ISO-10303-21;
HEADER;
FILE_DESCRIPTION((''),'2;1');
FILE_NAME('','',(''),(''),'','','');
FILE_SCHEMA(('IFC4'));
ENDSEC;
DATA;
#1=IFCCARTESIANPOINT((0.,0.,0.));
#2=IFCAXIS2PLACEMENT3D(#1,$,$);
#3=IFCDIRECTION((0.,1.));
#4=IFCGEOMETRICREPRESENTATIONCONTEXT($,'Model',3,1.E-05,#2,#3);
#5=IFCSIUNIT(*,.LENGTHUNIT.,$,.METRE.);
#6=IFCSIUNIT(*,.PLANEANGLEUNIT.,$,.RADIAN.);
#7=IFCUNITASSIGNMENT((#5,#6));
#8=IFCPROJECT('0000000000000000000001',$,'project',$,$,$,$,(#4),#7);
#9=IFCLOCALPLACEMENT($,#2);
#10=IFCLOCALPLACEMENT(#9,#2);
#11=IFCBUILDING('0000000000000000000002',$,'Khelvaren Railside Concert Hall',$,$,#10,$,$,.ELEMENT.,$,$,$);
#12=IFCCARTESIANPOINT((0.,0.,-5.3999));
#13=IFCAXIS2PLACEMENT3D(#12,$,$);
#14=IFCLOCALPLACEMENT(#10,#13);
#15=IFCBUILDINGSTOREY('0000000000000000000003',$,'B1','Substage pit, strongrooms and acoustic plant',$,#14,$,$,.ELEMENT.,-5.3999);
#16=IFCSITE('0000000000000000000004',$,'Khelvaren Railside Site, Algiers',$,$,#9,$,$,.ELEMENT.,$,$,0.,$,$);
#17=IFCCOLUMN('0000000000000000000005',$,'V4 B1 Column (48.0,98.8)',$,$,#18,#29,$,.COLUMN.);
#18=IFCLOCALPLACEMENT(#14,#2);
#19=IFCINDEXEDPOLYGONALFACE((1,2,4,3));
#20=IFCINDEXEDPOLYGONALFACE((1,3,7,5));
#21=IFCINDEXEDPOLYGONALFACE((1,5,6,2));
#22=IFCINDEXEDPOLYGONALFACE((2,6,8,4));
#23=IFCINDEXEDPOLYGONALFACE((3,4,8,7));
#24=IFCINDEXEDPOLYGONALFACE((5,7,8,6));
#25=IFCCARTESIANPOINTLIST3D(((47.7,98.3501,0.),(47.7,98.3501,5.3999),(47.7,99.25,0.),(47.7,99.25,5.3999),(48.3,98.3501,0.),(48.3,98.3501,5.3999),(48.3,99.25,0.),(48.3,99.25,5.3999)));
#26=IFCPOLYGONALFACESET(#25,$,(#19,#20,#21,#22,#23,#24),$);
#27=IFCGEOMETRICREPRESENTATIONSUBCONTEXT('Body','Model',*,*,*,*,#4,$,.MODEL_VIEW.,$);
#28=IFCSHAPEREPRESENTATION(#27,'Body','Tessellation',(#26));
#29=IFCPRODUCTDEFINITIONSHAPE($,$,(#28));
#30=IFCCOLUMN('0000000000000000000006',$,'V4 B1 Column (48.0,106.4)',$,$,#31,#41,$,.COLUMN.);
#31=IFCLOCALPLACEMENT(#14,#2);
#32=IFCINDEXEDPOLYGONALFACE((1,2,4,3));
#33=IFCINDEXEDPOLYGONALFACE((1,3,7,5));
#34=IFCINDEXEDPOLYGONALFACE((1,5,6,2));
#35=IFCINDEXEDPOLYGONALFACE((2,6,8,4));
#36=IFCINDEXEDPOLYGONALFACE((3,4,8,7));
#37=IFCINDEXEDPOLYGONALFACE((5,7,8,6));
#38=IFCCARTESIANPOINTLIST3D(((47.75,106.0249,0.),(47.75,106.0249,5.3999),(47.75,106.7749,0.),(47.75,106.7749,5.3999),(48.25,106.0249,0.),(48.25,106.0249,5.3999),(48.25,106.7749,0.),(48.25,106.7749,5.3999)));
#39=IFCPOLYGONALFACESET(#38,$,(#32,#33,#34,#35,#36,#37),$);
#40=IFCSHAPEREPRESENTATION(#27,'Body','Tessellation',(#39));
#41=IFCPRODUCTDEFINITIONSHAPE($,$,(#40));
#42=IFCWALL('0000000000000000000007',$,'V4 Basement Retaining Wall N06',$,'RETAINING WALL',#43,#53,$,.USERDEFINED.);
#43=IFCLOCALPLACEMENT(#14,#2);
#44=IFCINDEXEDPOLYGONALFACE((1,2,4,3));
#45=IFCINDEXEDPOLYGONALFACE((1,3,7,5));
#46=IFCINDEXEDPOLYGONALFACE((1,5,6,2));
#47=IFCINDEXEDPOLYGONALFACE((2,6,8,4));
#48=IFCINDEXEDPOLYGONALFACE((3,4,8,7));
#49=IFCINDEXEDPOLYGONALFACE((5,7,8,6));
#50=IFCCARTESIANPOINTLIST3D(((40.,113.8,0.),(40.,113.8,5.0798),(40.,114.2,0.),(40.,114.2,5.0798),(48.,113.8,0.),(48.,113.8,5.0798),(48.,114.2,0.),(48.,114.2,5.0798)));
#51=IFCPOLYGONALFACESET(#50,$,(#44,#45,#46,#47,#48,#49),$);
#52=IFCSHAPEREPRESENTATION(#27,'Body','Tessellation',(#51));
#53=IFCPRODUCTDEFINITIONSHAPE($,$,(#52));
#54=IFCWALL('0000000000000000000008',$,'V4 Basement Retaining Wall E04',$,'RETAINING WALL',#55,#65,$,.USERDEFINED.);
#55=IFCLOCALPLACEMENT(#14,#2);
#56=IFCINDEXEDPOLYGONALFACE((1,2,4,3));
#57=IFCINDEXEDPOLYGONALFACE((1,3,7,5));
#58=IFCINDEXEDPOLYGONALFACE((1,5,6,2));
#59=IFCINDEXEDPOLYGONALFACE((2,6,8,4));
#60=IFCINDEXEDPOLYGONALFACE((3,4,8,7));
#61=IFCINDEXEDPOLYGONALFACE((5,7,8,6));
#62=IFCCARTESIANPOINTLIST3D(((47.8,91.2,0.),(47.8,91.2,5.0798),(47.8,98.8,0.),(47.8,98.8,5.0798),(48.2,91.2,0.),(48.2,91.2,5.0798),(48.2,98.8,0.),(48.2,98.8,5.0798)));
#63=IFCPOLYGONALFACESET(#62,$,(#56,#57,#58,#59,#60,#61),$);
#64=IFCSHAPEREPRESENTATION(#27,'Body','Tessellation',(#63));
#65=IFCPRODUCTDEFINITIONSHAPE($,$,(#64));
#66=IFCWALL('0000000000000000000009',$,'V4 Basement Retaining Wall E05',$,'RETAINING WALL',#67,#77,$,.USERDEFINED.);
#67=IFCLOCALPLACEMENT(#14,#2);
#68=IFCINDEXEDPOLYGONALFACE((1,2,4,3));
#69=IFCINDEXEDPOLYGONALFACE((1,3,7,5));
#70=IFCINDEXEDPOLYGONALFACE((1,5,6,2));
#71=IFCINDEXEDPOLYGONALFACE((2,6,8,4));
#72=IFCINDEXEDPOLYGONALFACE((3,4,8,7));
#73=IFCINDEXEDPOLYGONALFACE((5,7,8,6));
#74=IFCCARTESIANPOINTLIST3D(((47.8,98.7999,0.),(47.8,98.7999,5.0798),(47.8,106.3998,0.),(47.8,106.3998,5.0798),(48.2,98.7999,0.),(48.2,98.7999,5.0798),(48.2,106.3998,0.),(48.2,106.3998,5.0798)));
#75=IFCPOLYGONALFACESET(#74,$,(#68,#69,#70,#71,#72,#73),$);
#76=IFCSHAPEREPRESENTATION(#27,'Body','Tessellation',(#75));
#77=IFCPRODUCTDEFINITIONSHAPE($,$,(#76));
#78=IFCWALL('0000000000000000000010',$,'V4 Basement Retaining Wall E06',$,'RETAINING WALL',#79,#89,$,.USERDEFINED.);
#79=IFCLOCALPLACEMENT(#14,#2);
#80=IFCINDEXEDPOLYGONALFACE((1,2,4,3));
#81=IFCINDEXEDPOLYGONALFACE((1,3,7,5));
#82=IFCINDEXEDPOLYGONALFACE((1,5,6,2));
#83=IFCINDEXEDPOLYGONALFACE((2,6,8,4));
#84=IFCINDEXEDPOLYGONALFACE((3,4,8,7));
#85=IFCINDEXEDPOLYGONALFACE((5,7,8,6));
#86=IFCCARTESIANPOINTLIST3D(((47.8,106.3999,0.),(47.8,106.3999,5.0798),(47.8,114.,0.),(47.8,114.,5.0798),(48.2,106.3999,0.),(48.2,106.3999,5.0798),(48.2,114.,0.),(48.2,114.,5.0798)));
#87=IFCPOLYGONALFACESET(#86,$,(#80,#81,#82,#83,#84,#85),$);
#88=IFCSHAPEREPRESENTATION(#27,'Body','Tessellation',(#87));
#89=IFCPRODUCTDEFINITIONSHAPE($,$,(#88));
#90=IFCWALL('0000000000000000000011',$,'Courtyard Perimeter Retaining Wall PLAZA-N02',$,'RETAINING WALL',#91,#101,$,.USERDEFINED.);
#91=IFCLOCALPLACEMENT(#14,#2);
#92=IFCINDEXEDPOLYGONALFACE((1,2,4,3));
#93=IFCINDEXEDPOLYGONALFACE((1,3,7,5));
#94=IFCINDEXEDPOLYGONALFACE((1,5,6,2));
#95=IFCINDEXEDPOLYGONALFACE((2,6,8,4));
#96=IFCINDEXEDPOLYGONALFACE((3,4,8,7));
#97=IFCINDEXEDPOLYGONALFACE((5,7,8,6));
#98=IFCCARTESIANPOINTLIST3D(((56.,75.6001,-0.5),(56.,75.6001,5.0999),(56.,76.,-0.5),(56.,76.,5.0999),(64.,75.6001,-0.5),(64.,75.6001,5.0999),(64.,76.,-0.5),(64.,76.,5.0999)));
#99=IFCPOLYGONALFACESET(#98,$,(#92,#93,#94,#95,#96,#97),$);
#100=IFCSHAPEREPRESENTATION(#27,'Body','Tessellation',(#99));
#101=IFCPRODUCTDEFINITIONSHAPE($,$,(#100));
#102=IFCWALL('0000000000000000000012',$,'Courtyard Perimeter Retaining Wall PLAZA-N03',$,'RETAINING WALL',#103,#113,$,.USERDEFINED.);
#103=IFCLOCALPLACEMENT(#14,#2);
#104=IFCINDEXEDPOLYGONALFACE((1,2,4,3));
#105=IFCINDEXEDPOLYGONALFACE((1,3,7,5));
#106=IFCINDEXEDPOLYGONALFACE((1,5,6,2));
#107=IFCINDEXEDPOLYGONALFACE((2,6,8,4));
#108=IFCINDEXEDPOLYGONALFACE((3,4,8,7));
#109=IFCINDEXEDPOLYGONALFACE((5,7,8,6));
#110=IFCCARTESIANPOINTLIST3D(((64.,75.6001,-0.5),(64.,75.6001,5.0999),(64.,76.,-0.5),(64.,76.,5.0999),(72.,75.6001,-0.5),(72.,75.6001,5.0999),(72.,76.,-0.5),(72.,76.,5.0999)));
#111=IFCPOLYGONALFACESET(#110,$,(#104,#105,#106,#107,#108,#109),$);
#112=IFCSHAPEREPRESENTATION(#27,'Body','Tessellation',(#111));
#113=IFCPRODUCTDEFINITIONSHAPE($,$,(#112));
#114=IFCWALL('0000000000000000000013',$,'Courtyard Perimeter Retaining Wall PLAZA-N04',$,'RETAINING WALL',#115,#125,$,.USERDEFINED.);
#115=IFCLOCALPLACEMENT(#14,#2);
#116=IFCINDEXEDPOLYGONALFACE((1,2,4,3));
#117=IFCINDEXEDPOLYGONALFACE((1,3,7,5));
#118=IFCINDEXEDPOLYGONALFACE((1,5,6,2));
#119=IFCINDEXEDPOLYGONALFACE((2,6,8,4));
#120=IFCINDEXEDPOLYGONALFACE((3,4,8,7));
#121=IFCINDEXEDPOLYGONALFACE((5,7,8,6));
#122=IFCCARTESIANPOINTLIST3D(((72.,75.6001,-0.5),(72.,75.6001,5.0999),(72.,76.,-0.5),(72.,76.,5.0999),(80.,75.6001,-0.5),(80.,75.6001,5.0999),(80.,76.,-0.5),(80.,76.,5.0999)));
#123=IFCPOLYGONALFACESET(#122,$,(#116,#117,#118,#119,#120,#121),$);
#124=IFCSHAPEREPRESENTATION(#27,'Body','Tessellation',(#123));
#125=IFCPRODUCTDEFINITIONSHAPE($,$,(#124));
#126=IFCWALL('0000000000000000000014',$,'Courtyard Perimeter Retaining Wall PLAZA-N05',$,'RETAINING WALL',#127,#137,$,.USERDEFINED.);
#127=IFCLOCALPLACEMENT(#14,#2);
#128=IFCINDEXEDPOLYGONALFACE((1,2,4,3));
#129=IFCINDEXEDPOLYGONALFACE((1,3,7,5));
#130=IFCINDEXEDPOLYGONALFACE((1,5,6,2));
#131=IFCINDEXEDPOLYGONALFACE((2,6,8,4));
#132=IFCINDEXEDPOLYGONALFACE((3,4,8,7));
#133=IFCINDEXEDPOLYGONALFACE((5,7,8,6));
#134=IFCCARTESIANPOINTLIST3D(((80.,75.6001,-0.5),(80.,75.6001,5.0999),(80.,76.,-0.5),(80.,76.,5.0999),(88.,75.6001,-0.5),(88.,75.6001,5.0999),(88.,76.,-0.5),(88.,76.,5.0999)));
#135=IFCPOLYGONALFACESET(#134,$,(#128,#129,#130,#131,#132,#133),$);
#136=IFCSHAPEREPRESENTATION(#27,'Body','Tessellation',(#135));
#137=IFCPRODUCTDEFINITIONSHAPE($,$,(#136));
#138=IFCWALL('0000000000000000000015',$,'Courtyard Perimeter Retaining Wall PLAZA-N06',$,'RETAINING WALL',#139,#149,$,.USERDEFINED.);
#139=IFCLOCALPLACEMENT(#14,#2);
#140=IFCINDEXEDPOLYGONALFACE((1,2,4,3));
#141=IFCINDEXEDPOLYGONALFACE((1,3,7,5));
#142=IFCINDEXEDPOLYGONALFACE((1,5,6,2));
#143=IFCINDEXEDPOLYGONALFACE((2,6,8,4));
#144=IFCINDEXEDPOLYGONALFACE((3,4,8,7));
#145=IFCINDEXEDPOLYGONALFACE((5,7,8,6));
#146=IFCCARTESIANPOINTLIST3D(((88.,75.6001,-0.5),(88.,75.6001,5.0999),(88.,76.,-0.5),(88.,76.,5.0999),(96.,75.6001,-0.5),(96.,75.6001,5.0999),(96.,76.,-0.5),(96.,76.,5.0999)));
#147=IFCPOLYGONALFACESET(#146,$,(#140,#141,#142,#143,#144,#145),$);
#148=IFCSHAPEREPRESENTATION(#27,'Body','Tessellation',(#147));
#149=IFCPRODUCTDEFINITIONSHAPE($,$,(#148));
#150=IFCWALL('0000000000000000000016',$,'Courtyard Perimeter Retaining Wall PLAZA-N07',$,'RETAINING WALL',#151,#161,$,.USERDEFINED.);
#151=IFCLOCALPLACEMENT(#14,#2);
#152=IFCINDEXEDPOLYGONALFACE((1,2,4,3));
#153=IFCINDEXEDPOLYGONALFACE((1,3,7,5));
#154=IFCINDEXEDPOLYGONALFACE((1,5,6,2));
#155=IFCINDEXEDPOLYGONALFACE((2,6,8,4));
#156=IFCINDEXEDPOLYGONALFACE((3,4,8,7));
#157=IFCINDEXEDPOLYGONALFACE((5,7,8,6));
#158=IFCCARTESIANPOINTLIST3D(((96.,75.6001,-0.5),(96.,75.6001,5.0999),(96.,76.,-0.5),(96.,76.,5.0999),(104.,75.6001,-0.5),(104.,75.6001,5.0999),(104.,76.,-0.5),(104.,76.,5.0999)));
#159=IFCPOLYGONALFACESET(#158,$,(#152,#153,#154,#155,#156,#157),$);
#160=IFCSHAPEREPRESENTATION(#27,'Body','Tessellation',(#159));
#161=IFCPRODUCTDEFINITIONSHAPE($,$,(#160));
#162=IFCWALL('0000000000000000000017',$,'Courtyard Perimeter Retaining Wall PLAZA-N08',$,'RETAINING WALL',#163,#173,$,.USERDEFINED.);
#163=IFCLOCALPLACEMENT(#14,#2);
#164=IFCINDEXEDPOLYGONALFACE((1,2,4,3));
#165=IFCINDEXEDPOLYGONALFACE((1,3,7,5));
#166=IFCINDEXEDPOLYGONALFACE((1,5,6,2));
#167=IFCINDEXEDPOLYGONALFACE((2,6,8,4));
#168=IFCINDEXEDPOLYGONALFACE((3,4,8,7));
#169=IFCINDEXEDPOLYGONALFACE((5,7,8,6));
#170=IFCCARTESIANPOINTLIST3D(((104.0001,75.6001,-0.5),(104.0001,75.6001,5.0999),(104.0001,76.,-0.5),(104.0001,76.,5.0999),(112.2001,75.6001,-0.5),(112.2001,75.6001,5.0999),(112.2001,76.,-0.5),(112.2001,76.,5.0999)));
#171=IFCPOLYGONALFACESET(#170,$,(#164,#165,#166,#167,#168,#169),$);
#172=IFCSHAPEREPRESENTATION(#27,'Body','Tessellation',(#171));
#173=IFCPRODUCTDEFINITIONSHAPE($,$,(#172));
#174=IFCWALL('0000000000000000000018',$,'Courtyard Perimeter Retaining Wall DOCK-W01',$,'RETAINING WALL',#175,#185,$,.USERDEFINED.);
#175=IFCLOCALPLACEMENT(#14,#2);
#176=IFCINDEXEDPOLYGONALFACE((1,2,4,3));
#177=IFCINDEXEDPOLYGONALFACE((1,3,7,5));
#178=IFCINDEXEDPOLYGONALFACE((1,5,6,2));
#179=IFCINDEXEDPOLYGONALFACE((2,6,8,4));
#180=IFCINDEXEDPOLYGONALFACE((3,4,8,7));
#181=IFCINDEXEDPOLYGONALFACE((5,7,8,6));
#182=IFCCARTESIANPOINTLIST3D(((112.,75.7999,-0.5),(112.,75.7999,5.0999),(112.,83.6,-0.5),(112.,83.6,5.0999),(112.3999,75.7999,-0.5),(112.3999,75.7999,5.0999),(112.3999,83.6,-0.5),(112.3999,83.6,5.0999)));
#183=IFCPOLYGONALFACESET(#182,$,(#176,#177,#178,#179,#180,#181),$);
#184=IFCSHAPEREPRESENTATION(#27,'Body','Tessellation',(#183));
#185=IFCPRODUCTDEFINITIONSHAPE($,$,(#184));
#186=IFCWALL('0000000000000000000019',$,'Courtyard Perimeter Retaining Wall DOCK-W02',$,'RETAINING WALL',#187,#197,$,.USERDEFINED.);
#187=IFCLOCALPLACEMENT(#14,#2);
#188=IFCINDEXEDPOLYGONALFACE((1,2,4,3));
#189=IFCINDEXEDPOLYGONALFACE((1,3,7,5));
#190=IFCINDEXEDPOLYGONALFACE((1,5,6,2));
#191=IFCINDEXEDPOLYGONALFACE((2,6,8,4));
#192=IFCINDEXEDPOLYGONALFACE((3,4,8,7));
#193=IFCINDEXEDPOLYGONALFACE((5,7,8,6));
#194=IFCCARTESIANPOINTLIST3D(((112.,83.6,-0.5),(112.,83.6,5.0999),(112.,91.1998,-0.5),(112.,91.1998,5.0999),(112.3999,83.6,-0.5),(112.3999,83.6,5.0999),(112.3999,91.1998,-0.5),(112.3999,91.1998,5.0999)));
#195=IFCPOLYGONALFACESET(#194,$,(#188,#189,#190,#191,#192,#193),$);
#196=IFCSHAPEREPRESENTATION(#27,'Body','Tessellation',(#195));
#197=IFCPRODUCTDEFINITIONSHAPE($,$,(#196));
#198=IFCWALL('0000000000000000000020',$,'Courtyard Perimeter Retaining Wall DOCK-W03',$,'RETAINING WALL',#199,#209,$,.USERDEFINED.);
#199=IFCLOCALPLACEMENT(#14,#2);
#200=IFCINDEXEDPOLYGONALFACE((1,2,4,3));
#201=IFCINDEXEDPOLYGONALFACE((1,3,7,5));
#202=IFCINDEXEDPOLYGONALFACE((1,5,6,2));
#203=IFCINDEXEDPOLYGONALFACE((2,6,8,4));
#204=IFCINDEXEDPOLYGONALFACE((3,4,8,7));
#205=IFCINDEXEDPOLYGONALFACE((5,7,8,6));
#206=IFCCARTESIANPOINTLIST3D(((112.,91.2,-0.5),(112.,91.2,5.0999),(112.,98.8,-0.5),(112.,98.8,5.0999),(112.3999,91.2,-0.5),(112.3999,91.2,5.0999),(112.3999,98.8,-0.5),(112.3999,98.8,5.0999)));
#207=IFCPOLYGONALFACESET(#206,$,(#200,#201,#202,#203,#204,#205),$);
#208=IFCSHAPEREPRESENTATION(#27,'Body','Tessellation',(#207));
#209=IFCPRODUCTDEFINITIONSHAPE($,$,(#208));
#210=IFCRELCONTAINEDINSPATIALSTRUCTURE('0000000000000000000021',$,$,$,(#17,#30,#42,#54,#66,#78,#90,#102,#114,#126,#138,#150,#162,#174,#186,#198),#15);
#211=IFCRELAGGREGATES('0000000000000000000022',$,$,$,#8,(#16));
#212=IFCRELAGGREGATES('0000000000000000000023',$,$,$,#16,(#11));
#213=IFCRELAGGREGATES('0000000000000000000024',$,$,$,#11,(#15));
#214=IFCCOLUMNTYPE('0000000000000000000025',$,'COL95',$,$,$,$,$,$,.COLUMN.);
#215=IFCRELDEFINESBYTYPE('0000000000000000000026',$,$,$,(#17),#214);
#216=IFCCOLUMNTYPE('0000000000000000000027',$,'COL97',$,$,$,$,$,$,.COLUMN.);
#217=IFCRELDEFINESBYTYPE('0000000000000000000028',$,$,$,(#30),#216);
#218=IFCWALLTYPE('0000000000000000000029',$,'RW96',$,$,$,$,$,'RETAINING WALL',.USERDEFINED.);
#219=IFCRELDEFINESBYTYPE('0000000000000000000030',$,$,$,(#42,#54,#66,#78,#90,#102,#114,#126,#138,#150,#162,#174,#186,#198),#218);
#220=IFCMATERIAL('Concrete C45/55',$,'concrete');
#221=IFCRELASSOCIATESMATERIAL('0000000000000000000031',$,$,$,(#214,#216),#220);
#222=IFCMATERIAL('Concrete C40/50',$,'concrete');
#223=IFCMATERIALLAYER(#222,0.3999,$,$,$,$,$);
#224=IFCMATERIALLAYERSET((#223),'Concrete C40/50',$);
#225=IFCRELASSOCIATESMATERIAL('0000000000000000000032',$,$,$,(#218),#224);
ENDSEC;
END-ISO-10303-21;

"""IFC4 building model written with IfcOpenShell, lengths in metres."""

from ifc_helpers import new_model, si_unit, direction, frame, frame_2d, origin, origin_2d, place, context, subcontext, project, spatial, rectangle, extrude, material, layer, layer_set, material_profile, profile_set, type_object, element, save


model = new_model("IFC4")

# Units and contexts
model_context = context("Model", 3, precision=1e-05, world=origin(), true_north=direction((0.0, 1.0)))
body_context = subcontext(model_context, "Body", "Model", "MODEL_VIEW")
ifc_project = project(units=[si_unit("LENGTHUNIT", "METRE"), si_unit("PLANEANGLEUNIT", "RADIAN")], contexts=[model_context])

# Site, building, storey
site_placement = place(None, origin())
site = spatial("IfcSite", under=ifc_project, at=site_placement, Name="Khelvaren Railside Site, Algiers", CompositionType="ELEMENT", RefElevation=0.0)
building_placement = place(site_placement, origin())
building = spatial("IfcBuilding", under=site, at=building_placement, Name="Khelvaren Railside Concert Hall", CompositionType="ELEMENT")
storey_placement = place(building_placement, frame((0.0, 0.0, -5.3999)))
storey = spatial("IfcBuildingStorey", under=building, at=storey_placement, Name="B1", Description="Substage pit, strongrooms and acoustic plant", CompositionType="ELEMENT", Elevation=-5.3999)

# Columns
ifc_material_1 = material(Name="Concrete C45/55", Category="concrete")
ifc_material_profile_1 = material_profile(ifc_material_1, rectangle(XDim=0.6001, YDim=0.8999, at=origin_2d()), Name="RC 600x900")
ifc_profile_set_1 = profile_set([ifc_material_profile_1], Name="Concrete C45/55")
column_type_1 = type_object("IfcColumnType", Name="COL95", PredefinedType="COLUMN", material=ifc_profile_set_1)
column_1_placement = place(storey_placement, frame((48.0, 98.8, 0.0), z_axis=(0.0, 0.0, 1.0), x_axis=(1.0, 0.0, 0.0)))
element("IfcColumn", 1, at=column_1_placement, inside=storey, type_object=column_type_1, Name="V4 B1 Column (48.0,98.8)", PredefinedType="COLUMN", context=body_context, shape_type="SweptSolid", body=[
    extrude(rectangle(XDim=0.6001, YDim=0.8999, at=origin_2d()), origin(), (0.0, 0.0, 1.0), 5.3999),
])
ifc_material_profile_2 = material_profile(ifc_material_1, rectangle(XDim=0.5, YDim=0.75, at=origin_2d()), Name="RC 500x750")
ifc_profile_set_2 = profile_set([ifc_material_profile_2], Name="Concrete C45/55")
column_type_2 = type_object("IfcColumnType", Name="COL97", PredefinedType="COLUMN", material=ifc_profile_set_2)
column_2_placement = place(storey_placement, frame((48.0, 106.3999, 0.0), z_axis=(0.0, 0.0, 1.0), x_axis=(1.0, 0.0, 0.0)))
element("IfcColumn", 2, at=column_2_placement, inside=storey, type_object=column_type_2, Name="V4 B1 Column (48.0,106.4)", PredefinedType="COLUMN", context=body_context, shape_type="SweptSolid", body=[
    extrude(rectangle(XDim=0.5, YDim=0.75, at=origin_2d()), origin(), (0.0, 0.0, 1.0), 5.3999),
])

# Walls
ifc_material_2 = material(Name="Concrete C40/50", Category="concrete")
ifc_layer = layer(ifc_material_2, 0.3999)
ifc_layer_set = layer_set([ifc_layer], Name="Concrete C40/50")
wall_type = type_object("IfcWallType", Name="RW96", ElementType="RETAINING WALL", PredefinedType="USERDEFINED", material=ifc_layer_set)
wall_1_placement = place(storey_placement, frame((48.0, 114.0, 0.0), z_axis=(0.0, 0.0, 1.0), x_axis=(-1.0, 0.0, 0.0)))
element("IfcWall", 3, at=wall_1_placement, inside=storey, type_object=wall_type, Name="V4 Basement Retaining Wall N06", ObjectType="RETAINING WALL", PredefinedType="USERDEFINED", context=body_context, shape_type="SweptSolid", body=[
    extrude(rectangle(XDim=8.0, YDim=0.3999, at=frame_2d((4.0, 0.0))), origin(), (0.0, 0.0, 1.0), 5.0798),
])
wall_2_placement = place(storey_placement, frame((48.0, 91.2, 0.0), z_axis=(0.0, 0.0, 1.0), x_axis=(0.0, 1.0, 0.0)))
element("IfcWall", 4, at=wall_2_placement, inside=storey, type_object=wall_type, Name="V4 Basement Retaining Wall E04", ObjectType="RETAINING WALL", PredefinedType="USERDEFINED", context=body_context, shape_type="SweptSolid", body=[
    extrude(rectangle(XDim=7.6001, YDim=0.3999, at=frame_2d((3.8, 0.0))), origin(), (0.0, 0.0, 1.0), 5.0798),
])
wall_3_placement = place(storey_placement, frame((48.0, 98.8, 0.0), z_axis=(0.0, 0.0, 1.0), x_axis=(0.0, 1.0, 0.0)))
element("IfcWall", 5, at=wall_3_placement, inside=storey, type_object=wall_type, Name="V4 Basement Retaining Wall E05", ObjectType="RETAINING WALL", PredefinedType="USERDEFINED", context=body_context, shape_type="SweptSolid", body=[
    extrude(rectangle(XDim=7.5999, YDim=0.3999, at=frame_2d((3.7998, 0.0))), origin(), (0.0, 0.0, 1.0), 5.0798),
])
wall_4_placement = place(storey_placement, frame((48.0, 106.3999, 0.0), z_axis=(0.0, 0.0, 1.0), x_axis=(0.0, 1.0, 0.0)))
element("IfcWall", 6, at=wall_4_placement, inside=storey, type_object=wall_type, Name="V4 Basement Retaining Wall E06", ObjectType="RETAINING WALL", PredefinedType="USERDEFINED", context=body_context, shape_type="SweptSolid", body=[
    extrude(rectangle(XDim=7.6001, YDim=0.3999, at=frame_2d((3.8, 0.0))), origin(), (0.0, 0.0, 1.0), 5.0798),
])
for number, where, z_axis, x_axis, name in (
    (7, (56.0, 75.8, -0.5), (0.0, 0.0, 1.0), (1.0, 0.0, 0.0), "Courtyard Perimeter Retaining Wall PLAZA-N02"),
    (8, (64.0, 75.8, -0.5), (0.0, 0.0, 1.0), (1.0, 0.0, 0.0), "Courtyard Perimeter Retaining Wall PLAZA-N03"),
    (9, (72.0, 75.8, -0.5), (0.0, 0.0, 1.0), (1.0, 0.0, 0.0), "Courtyard Perimeter Retaining Wall PLAZA-N04"),
    (10, (80.0, 75.8, -0.5), (0.0, 0.0, 1.0), (1.0, 0.0, 0.0), "Courtyard Perimeter Retaining Wall PLAZA-N05"),
    (11, (88.0, 75.8, -0.5), (0.0, 0.0, 1.0), (1.0, 0.0, 0.0), "Courtyard Perimeter Retaining Wall PLAZA-N06"),
    (12, (96.0, 75.8, -0.5), (0.0, 0.0, 1.0), (1.0, 0.0, 0.0), "Courtyard Perimeter Retaining Wall PLAZA-N07"),
):
    element("IfcWall", number, at=place(storey_placement, frame(where, z_axis=z_axis, x_axis=x_axis)), inside=storey, type_object=wall_type, Name=name, ObjectType="RETAINING WALL", PredefinedType="USERDEFINED", context=body_context, shape_type="SweptSolid", body=[
        extrude(rectangle(XDim=8.0, YDim=0.3999, at=frame_2d((4.0, 0.0))), origin(), (0.0, 0.0, 1.0), 5.5999),
    ])
wall_5_placement = place(storey_placement, frame((104.0, 75.8, -0.5), z_axis=(0.0, 0.0, 1.0), x_axis=(1.0, 0.0, 0.0)))
element("IfcWall", 13, at=wall_5_placement, inside=storey, type_object=wall_type, Name="Courtyard Perimeter Retaining Wall PLAZA-N08", ObjectType="RETAINING WALL", PredefinedType="USERDEFINED", context=body_context, shape_type="SweptSolid", body=[
    extrude(rectangle(XDim=8.2, YDim=0.3999, at=frame_2d((4.1001, 0.0))), origin(), (0.0, 0.0, 1.0), 5.5999),
])
wall_6_placement = place(storey_placement, frame((112.2, 75.8, -0.5), z_axis=(0.0, 0.0, 1.0), x_axis=(0.0, 1.0, 0.0)))
element("IfcWall", 14, at=wall_6_placement, inside=storey, type_object=wall_type, Name="Courtyard Perimeter Retaining Wall DOCK-W01", ObjectType="RETAINING WALL", PredefinedType="USERDEFINED", context=body_context, shape_type="SweptSolid", body=[
    extrude(rectangle(XDim=7.8, YDim=0.3999, at=frame_2d((3.8999, 0.0))), origin(), (0.0, 0.0, 1.0), 5.5999),
])
wall_7_placement = place(storey_placement, frame((112.2, 83.6001, -0.5), z_axis=(0.0, 0.0, 1.0), x_axis=(0.0, 1.0, 0.0)))
element("IfcWall", 15, at=wall_7_placement, inside=storey, type_object=wall_type, Name="Courtyard Perimeter Retaining Wall DOCK-W02", ObjectType="RETAINING WALL", PredefinedType="USERDEFINED", context=body_context, shape_type="SweptSolid", body=[
    extrude(rectangle(XDim=7.5999, YDim=0.3999, at=frame_2d((3.7998, 0.0))), origin(), (0.0, 0.0, 1.0), 5.5999),
])
wall_8_placement = place(storey_placement, frame((112.2, 91.2, -0.5), z_axis=(0.0, 0.0, 1.0), x_axis=(0.0, 1.0, 0.0)))
element("IfcWall", 16, at=wall_8_placement, inside=storey, type_object=wall_type, Name="Courtyard Perimeter Retaining Wall DOCK-W03", ObjectType="RETAINING WALL", PredefinedType="USERDEFINED", context=body_context, shape_type="SweptSolid", body=[
    extrude(rectangle(XDim=7.6001, YDim=0.3999, at=frame_2d((3.8, 0.0))), origin(), (0.0, 0.0, 1.0), 5.5999),
])

save(model, "model.ifc")
